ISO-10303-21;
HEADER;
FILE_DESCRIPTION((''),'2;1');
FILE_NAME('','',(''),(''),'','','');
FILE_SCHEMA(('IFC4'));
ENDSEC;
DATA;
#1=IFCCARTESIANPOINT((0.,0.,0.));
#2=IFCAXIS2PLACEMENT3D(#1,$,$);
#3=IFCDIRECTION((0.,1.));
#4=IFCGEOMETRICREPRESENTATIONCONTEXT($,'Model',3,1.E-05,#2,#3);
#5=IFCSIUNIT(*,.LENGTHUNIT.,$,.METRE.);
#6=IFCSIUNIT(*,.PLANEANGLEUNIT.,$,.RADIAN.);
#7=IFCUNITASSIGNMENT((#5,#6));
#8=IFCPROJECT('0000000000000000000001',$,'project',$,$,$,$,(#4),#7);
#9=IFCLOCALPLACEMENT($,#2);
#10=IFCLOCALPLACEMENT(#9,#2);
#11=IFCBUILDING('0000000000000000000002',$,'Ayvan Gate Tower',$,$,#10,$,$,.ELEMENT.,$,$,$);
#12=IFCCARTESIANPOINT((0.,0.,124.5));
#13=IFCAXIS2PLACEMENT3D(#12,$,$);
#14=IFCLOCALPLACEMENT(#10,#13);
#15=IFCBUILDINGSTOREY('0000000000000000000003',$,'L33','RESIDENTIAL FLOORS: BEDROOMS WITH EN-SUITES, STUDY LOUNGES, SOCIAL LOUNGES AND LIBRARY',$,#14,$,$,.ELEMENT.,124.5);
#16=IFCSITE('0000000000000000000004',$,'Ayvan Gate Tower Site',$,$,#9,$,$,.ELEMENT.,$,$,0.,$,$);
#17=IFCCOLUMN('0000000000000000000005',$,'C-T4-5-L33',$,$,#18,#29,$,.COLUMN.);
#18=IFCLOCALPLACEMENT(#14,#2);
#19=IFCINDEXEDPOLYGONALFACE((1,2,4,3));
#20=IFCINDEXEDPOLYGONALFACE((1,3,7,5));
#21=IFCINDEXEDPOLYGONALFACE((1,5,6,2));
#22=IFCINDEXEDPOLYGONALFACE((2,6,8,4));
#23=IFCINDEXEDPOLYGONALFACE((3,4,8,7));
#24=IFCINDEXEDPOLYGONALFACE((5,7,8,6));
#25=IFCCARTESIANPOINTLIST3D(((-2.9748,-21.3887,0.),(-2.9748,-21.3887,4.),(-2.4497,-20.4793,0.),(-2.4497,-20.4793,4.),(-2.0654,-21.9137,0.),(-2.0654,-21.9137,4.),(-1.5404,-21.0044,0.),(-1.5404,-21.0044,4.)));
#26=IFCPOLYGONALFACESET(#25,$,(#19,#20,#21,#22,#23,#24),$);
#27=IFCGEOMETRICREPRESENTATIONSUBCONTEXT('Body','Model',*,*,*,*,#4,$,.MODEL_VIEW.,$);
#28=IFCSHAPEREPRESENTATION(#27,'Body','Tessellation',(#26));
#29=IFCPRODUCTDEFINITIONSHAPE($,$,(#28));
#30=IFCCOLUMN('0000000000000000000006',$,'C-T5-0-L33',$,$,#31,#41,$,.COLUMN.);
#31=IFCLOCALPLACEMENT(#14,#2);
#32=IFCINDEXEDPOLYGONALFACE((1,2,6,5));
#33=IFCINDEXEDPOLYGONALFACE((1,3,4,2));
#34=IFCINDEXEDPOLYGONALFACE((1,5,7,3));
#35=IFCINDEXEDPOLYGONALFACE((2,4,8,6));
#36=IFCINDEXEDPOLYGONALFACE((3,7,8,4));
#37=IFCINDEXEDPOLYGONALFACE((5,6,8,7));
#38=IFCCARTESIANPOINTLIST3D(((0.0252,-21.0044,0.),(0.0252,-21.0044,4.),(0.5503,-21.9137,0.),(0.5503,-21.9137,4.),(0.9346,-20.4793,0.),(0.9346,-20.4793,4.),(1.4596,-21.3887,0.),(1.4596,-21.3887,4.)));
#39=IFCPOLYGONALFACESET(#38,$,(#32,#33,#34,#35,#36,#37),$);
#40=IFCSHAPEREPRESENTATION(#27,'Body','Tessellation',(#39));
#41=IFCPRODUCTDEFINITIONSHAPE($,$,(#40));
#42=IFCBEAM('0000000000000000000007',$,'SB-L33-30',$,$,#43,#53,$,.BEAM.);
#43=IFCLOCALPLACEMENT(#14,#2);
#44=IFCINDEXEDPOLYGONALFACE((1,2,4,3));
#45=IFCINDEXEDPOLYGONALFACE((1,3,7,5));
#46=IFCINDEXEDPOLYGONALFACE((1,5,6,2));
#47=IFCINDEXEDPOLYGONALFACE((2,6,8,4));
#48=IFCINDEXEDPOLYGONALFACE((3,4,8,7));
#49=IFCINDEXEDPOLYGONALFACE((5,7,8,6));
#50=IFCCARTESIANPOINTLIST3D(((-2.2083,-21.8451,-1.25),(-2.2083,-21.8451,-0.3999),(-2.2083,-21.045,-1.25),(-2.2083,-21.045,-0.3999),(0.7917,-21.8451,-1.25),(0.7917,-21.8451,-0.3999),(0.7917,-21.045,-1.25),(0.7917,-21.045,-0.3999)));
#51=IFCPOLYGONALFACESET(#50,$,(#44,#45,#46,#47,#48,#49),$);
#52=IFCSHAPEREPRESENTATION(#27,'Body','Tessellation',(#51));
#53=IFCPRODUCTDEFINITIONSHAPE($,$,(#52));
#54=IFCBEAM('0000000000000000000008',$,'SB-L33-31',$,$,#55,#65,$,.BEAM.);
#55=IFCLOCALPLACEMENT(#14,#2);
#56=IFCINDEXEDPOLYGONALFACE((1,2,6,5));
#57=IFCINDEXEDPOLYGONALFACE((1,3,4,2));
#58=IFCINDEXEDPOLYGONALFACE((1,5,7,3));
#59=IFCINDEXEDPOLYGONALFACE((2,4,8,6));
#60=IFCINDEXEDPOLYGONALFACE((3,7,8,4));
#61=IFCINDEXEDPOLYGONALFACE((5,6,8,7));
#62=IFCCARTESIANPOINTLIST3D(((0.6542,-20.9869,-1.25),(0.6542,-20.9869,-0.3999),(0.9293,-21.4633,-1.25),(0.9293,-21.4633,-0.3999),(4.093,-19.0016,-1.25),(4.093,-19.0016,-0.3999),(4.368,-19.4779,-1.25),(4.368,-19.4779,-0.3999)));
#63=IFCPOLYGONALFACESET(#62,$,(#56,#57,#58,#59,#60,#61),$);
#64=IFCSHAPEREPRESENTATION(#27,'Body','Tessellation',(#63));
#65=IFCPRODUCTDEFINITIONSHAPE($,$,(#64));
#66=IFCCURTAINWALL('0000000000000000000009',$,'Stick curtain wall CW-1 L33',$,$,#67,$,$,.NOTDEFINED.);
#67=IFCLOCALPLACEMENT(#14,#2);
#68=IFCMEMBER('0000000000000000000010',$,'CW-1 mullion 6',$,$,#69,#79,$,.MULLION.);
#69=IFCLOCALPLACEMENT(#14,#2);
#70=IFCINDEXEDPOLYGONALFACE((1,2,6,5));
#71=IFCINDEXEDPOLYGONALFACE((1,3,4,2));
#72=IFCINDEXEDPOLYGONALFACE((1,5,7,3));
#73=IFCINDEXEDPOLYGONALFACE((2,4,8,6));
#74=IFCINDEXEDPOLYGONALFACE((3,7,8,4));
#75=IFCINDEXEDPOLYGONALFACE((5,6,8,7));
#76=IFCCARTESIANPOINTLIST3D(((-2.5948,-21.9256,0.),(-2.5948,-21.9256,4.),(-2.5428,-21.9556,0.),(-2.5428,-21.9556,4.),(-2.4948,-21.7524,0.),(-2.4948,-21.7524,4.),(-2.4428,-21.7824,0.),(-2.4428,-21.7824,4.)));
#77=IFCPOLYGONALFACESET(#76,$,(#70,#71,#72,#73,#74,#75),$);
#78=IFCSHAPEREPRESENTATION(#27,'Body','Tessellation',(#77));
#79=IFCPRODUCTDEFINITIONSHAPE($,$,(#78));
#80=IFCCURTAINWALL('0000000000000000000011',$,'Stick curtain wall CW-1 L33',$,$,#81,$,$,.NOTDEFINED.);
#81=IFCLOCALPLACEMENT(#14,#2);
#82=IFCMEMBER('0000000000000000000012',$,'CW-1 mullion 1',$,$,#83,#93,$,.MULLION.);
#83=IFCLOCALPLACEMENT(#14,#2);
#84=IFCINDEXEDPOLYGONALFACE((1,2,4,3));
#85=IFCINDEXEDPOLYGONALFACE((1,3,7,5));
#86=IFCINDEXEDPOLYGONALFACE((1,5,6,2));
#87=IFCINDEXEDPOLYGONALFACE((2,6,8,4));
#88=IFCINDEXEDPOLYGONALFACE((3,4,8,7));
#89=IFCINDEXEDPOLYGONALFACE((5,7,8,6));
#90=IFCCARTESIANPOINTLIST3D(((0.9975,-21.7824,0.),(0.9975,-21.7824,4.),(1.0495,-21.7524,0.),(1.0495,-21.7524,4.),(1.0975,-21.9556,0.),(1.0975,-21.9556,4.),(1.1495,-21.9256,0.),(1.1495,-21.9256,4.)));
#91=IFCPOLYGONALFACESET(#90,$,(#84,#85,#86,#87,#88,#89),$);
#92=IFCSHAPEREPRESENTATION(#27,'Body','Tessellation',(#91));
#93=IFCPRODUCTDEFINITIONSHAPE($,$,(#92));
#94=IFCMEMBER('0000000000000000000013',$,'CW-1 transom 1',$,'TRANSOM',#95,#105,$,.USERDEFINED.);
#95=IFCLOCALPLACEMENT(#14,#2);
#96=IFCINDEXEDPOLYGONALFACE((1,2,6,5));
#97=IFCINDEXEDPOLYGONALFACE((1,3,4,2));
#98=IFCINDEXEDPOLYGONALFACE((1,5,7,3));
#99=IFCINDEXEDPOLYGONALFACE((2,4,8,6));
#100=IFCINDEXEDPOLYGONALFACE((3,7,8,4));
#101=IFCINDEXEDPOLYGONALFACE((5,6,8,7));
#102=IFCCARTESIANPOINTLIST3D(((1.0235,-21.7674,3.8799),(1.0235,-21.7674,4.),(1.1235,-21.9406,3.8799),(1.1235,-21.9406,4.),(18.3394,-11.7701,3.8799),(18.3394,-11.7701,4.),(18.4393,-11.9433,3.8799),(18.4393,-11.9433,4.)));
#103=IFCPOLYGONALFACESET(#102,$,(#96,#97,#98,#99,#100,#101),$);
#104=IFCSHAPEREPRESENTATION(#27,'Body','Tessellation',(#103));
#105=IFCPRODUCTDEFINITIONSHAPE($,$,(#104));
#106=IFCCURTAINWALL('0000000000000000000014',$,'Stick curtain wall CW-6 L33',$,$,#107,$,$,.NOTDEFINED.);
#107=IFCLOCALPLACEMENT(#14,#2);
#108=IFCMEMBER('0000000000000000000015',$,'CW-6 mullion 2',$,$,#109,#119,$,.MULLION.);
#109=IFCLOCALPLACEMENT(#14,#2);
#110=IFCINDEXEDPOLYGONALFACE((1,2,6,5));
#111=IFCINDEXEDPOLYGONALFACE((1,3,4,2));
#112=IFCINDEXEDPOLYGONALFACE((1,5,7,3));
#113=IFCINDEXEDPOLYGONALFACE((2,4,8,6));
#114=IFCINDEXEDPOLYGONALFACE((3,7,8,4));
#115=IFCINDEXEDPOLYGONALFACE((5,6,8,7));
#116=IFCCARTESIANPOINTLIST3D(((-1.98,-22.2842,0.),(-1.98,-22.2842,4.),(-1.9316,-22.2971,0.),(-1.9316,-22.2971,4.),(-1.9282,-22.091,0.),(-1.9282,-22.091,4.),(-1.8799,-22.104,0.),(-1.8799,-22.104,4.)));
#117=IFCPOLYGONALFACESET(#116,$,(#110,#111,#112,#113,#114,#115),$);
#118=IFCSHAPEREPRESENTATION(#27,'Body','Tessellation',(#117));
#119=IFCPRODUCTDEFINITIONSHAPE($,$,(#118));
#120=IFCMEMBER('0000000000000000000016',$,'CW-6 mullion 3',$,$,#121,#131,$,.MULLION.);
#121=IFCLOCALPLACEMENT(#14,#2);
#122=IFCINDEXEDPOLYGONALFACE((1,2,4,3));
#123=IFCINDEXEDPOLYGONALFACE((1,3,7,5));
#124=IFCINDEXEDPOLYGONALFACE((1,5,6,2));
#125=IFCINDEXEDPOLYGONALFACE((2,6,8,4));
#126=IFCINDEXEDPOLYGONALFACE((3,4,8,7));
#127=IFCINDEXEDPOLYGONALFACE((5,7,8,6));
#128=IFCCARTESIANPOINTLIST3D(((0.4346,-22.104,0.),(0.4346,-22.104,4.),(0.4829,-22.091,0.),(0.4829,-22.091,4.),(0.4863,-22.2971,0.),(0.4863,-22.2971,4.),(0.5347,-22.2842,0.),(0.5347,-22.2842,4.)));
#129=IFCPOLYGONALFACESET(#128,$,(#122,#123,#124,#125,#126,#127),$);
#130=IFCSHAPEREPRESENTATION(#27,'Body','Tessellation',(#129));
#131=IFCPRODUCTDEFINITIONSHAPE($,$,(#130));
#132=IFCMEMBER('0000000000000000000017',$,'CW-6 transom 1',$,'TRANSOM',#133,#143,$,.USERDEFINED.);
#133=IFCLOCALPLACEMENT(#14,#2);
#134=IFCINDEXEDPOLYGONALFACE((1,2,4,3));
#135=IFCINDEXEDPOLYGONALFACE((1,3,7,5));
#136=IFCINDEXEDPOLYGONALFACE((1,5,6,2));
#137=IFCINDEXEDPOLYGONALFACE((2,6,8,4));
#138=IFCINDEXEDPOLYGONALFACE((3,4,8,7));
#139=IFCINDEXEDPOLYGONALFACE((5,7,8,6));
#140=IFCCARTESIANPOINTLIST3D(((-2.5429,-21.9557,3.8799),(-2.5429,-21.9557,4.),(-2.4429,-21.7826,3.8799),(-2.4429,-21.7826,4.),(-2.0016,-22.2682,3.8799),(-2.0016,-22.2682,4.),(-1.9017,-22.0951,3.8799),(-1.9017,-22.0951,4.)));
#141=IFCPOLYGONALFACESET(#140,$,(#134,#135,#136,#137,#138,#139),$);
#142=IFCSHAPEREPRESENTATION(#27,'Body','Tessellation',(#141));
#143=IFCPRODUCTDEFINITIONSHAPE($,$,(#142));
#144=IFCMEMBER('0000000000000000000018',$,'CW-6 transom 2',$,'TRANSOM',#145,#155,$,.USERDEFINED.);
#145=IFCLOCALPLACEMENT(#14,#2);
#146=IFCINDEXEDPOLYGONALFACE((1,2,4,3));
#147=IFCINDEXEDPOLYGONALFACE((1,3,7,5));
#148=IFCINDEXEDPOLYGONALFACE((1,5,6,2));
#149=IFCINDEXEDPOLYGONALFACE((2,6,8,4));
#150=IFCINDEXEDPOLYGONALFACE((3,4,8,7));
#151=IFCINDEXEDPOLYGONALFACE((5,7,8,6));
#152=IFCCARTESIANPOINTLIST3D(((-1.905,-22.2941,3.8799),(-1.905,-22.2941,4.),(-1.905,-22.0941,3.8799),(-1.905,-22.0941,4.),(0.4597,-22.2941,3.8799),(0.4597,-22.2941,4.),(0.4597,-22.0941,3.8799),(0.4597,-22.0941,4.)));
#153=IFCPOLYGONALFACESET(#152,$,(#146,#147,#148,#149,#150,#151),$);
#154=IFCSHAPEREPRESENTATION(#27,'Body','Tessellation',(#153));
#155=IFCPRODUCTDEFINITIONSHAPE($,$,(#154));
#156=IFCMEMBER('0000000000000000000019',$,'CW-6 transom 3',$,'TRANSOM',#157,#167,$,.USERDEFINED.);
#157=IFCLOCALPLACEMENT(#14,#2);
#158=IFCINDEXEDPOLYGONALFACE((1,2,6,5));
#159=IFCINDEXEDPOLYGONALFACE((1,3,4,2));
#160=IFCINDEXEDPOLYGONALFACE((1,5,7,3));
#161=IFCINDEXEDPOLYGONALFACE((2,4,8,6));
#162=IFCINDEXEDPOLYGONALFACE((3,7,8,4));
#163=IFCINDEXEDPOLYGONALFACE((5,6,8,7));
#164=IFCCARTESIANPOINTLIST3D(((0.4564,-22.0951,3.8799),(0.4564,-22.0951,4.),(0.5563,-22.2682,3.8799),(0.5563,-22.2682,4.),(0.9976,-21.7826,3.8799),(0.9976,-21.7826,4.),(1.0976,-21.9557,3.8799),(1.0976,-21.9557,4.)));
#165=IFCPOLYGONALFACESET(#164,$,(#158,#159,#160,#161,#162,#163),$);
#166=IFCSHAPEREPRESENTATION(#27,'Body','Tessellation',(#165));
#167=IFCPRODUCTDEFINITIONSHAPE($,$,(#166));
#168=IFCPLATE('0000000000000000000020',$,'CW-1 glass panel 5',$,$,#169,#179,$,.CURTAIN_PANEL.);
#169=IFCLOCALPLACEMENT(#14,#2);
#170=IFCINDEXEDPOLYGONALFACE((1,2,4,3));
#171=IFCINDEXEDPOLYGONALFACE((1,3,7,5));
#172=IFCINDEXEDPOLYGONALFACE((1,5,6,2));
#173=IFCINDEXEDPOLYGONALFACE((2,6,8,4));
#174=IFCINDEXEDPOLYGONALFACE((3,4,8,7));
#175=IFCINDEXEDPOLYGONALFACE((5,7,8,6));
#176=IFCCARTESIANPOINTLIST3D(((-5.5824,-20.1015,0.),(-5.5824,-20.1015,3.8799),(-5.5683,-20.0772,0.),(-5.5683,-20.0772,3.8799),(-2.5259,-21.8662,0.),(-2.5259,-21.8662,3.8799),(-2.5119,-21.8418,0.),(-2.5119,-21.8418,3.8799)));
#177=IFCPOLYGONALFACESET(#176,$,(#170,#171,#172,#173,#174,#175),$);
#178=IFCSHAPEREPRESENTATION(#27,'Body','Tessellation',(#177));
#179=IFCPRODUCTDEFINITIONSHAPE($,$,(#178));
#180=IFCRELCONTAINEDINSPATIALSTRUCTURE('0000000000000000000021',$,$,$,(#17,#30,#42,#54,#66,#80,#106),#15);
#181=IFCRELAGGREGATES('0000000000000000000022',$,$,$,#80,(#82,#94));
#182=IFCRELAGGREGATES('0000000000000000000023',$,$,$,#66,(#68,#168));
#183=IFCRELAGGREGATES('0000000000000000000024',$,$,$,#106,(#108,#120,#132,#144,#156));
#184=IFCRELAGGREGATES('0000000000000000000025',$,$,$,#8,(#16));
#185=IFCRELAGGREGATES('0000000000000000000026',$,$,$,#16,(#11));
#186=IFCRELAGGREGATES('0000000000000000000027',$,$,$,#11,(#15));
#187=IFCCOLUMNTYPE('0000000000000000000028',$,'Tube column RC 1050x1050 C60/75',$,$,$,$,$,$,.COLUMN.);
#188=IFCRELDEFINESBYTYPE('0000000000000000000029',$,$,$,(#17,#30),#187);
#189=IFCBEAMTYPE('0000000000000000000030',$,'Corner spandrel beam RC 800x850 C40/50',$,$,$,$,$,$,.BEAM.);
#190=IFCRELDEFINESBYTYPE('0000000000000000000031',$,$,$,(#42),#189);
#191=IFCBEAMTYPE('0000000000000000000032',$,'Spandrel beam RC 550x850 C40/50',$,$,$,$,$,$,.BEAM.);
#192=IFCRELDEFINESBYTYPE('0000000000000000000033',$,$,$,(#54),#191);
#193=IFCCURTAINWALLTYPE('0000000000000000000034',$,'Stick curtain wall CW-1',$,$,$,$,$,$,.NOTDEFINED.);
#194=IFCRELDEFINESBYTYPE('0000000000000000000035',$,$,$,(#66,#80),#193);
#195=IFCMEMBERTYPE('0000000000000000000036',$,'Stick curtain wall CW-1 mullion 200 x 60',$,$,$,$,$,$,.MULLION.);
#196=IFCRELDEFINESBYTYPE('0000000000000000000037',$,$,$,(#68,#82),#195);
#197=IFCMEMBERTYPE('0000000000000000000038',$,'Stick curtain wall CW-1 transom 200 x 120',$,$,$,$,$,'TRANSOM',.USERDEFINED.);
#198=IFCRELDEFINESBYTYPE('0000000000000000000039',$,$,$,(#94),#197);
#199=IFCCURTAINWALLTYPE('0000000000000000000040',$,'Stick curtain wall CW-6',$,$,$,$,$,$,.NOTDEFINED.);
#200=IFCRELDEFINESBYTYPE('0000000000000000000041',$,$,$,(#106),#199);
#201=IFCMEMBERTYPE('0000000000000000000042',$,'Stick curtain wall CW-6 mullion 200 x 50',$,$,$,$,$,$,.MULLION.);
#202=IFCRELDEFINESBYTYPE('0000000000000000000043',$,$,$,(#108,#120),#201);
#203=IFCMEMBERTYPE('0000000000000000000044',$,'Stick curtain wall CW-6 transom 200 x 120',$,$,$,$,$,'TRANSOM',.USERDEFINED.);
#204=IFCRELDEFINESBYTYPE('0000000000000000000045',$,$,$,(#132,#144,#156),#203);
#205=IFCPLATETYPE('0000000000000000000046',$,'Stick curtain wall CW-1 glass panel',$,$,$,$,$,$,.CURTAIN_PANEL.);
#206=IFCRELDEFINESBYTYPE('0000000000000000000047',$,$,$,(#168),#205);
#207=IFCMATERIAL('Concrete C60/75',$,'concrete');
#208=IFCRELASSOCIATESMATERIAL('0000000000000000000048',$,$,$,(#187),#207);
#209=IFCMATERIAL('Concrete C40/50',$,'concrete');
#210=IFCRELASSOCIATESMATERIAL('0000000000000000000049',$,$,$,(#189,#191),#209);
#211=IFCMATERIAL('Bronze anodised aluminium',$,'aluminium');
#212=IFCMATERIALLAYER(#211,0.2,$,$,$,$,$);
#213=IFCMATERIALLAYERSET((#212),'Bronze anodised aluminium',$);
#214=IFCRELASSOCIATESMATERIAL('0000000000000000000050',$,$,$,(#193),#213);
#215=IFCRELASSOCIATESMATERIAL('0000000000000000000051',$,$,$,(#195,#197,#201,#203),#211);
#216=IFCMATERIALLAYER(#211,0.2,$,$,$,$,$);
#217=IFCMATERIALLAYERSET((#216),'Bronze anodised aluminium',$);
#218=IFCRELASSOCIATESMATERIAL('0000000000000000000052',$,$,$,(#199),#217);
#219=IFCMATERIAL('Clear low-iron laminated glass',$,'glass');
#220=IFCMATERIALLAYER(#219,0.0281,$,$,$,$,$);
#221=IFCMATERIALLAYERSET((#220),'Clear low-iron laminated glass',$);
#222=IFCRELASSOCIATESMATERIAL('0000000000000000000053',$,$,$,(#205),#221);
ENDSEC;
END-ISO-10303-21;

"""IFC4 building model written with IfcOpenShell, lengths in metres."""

from ifc_helpers import new_model, si_unit, direction, frame, origin, origin_2d, place, context, subcontext, project, spatial, rectangle, extrude, material, layer, layer_set, material_profile, profile_set, type_object, element, aggregate, save


model = new_model("IFC4")

# Units and contexts
model_context = context("Model", 3, precision=1e-05, world=origin(), true_north=direction((0.0, 1.0)))
body_context = subcontext(model_context, "Body", "Model", "MODEL_VIEW")
ifc_project = project(units=[si_unit("LENGTHUNIT", "METRE"), si_unit("PLANEANGLEUNIT", "RADIAN")], contexts=[model_context])

# Site, building, storey
site_placement = place(None, origin())
site = spatial("IfcSite", under=ifc_project, at=site_placement, Name="Ayvan Gate Tower Site", CompositionType="ELEMENT", RefElevation=0.0)
building_placement = place(site_placement, origin())
building = spatial("IfcBuilding", under=site, at=building_placement, Name="Ayvan Gate Tower", CompositionType="ELEMENT")
storey_placement = place(building_placement, frame((0.0, 0.0, 124.5)))
storey = spatial("IfcBuildingStorey", under=building, at=storey_placement, Name="L33", Description="RESIDENTIAL FLOORS: BEDROOMS WITH EN-SUITES, STUDY LOUNGES, SOCIAL LOUNGES AND LIBRARY", CompositionType="ELEMENT", Elevation=124.5)

# Columns
ifc_material_1 = material(Name="Concrete C60/75", Category="concrete")
ifc_material_profile_1 = material_profile(ifc_material_1, rectangle(XDim=1.05, YDim=1.05, at=origin_2d()), Name="RC 1050x1050")
ifc_profile_set_1 = profile_set([ifc_material_profile_1], Name="Concrete C60/75")
column_type = type_object("IfcColumnType", Name="Tube column RC 1050x1050 C60/75", PredefinedType="COLUMN", material=ifc_profile_set_1)
for number, where, z_axis, x_axis, name in (
    (1, (-2.2576, -21.1965, 0.0), (0.0, 0.0, 1.0), (-0.5, -0.866025, 0.0), "C-T4-5-L33"),
    (2, (0.7424, -21.1965, 0.0), (0.0, 0.0, 1.0), (0.5, -0.866025, 0.0), "C-T5-0-L33"),
):
    element("IfcColumn", number, at=place(storey_placement, frame(where, z_axis=z_axis, x_axis=x_axis)), inside=storey, type_object=column_type, Name=name, PredefinedType="COLUMN", context=body_context, shape_type="SweptSolid", body=[
        extrude(rectangle(XDim=1.05, YDim=1.05, at=origin_2d()), origin(), (0.0, 0.0, 1.0), 4.0),
    ])

# Beams
ifc_material_2 = material(Name="Concrete C40/50", Category="concrete")
ifc_material_profile_2 = material_profile(ifc_material_2, rectangle(XDim=0.8, YDim=0.8501, at=origin_2d()), Name="RC 800x850")
ifc_profile_set_2 = profile_set([ifc_material_profile_2], Name="Concrete C40/50")
beam_type_1 = type_object("IfcBeamType", Name="Corner spandrel beam RC 800x850 C40/50", PredefinedType="BEAM", material=ifc_profile_set_2)
beam_1_placement = place(storey_placement, frame((-2.2083, -21.4451, -0.825), z_axis=(1.0, 0.0, 0.0), x_axis=(0.0, 1.0, 0.0)))
element("IfcBeam", 3, at=beam_1_placement, inside=storey, type_object=beam_type_1, Name="SB-L33-30", PredefinedType="BEAM", context=body_context, shape_type="SweptSolid", body=[
    extrude(rectangle(XDim=0.8, YDim=0.8501, at=origin_2d()), origin(), (0.0, 0.0, 1.0), 3.0),
])
ifc_material_profile_3 = material_profile(ifc_material_2, rectangle(XDim=0.55, YDim=0.8501, at=origin_2d()), Name="RC 550x850")
ifc_profile_set_3 = profile_set([ifc_material_profile_3], Name="Concrete C40/50")
beam_type_2 = type_object("IfcBeamType", Name="Spandrel beam RC 550x850 C40/50", PredefinedType="BEAM", material=ifc_profile_set_3)
beam_2_placement = place(storey_placement, frame((0.7917, -21.2251, -0.825), z_axis=(0.866025, 0.500001, 0.0), x_axis=(-0.500001, 0.866025, 0.0)))
element("IfcBeam", 4, at=beam_2_placement, inside=storey, type_object=beam_type_2, Name="SB-L33-31", PredefinedType="BEAM", context=body_context, shape_type="SweptSolid", body=[
    extrude(rectangle(XDim=0.55, YDim=0.8501, at=origin_2d()), origin(), (0.0, 0.0, 1.0), 3.9707),
])

# Curtain wall, member
ifc_material_3 = material(Name="Bronze anodised aluminium", Category="aluminium")
ifc_layer_1 = layer(ifc_material_3, 0.2)
ifc_layer_set_1 = layer_set([ifc_layer_1], Name="Bronze anodised aluminium")
curtain_wall_type_1 = type_object("IfcCurtainWallType", Name="Stick curtain wall CW-1", PredefinedType="NOTDEFINED", material=ifc_layer_set_1)
curtain_wall_1_placement = place(storey_placement, origin())
curtain_wall_1 = element("IfcCurtainWall", 5, at=curtain_wall_1_placement, inside=storey, type_object=curtain_wall_type_1, Name="Stick curtain wall CW-1 L33", PredefinedType="NOTDEFINED")
ifc_material_profile_4 = material_profile(ifc_material_3, rectangle(XDim=0.2, YDim=0.0601, at=origin_2d()), Name="Stick curtain wall CW-1 mullion 200 x 60")
ifc_profile_set_4 = profile_set([ifc_material_profile_4], Name="Bronze anodised aluminium")
member_type_1 = type_object("IfcMemberType", Name="Stick curtain wall CW-1 mullion 200 x 60", PredefinedType="MULLION", material=ifc_profile_set_4)
member_1_placement = place(storey_placement, frame((-2.5188, -21.854, 0.0), z_axis=(0.0, 0.0, 1.0), x_axis=(-0.5, -0.866025, 0.0)))
member_1 = element("IfcMember", 6, at=member_1_placement, type_object=member_type_1, Name="CW-1 mullion 6", PredefinedType="MULLION", context=body_context, shape_type="SweptSolid", body=[
    extrude(rectangle(XDim=0.2, YDim=0.0601, at=origin_2d()), origin(), (0.0, 0.0, 1.0), 4.0),
])

# Curtain walls, members
curtain_wall_2_placement = place(storey_placement, origin())
curtain_wall_2 = element("IfcCurtainWall", 7, at=curtain_wall_2_placement, inside=storey, type_object=curtain_wall_type_1, Name="Stick curtain wall CW-1 L33", PredefinedType="NOTDEFINED")
member_2_placement = place(storey_placement, frame((1.0735, -21.854, 0.0), z_axis=(0.0, 0.0, 1.0), x_axis=(0.5, -0.866025, 0.0)))
member_2 = element("IfcMember", 8, at=member_2_placement, type_object=member_type_1, Name="CW-1 mullion 1", PredefinedType="MULLION", context=body_context, shape_type="SweptSolid", body=[
    extrude(rectangle(XDim=0.2, YDim=0.0601, at=origin_2d()), origin(), (0.0, 0.0, 1.0), 4.0),
])
ifc_material_profile_5 = material_profile(ifc_material_3, rectangle(XDim=0.2, YDim=0.1201, at=origin_2d()), Name="Stick curtain wall CW-1 transom 200 x 120")
ifc_profile_set_5 = profile_set([ifc_material_profile_5], Name="Bronze anodised aluminium")
member_type_2 = type_object("IfcMemberType", Name="Stick curtain wall CW-1 transom 200 x 120", ElementType="TRANSOM", PredefinedType="USERDEFINED", material=ifc_profile_set_5)
member_3_placement = place(storey_placement, frame((1.0735, -21.854, 3.9399), z_axis=(0.866026, 0.499999, 0.0), x_axis=(-0.499999, 0.866026, 0.0)))
member_3 = element("IfcMember", 9, at=member_3_placement, type_object=member_type_2, Name="CW-1 transom 1", ObjectType="TRANSOM", PredefinedType="USERDEFINED", context=body_context, shape_type="SweptSolid", body=[
    extrude(rectangle(XDim=0.2, YDim=0.1201, at=origin_2d()), origin(), (0.0, 0.0, 1.0), 19.9946),
])
aggregate(curtain_wall_2, [member_2, member_3])
ifc_layer_2 = layer(ifc_material_3, 0.2)
ifc_layer_set_2 = layer_set([ifc_layer_2], Name="Bronze anodised aluminium")
curtain_wall_type_2 = type_object("IfcCurtainWallType", Name="Stick curtain wall CW-6", PredefinedType="NOTDEFINED", material=ifc_layer_set_2)
curtain_wall_3_placement = place(storey_placement, origin())
curtain_wall_3 = element("IfcCurtainWall", 10, at=curtain_wall_3_placement, inside=storey, type_object=curtain_wall_type_2, Name="Stick curtain wall CW-6 L33", PredefinedType="NOTDEFINED")
ifc_material_profile_6 = material_profile(ifc_material_3, rectangle(XDim=0.2, YDim=0.05, at=origin_2d()), Name="Stick curtain wall CW-6 mullion 200 x 50")
ifc_profile_set_6 = profile_set([ifc_material_profile_6], Name="Bronze anodised aluminium")
member_type_3 = type_object("IfcMemberType", Name="Stick curtain wall CW-6 mullion 200 x 50", PredefinedType="MULLION", material=ifc_profile_set_6)
member_4_placement = place(storey_placement, frame((-1.9299, -22.1941, 0.0), z_axis=(0.0, 0.0, 1.0), x_axis=(-0.258819, -0.965926, 0.0)))
member_4 = element("IfcMember", 11, at=member_4_placement, type_object=member_type_3, Name="CW-6 mullion 2", PredefinedType="MULLION", context=body_context, shape_type="SweptSolid", body=[
    extrude(rectangle(XDim=0.2, YDim=0.05, at=origin_2d()), origin(), (0.0, 0.0, 1.0), 4.0),
])
member_5_placement = place(storey_placement, frame((0.4846, -22.1941, 0.0), z_axis=(0.0, 0.0, 1.0), x_axis=(0.258819, -0.965926, 0.0)))
member_5 = element("IfcMember", 12, at=member_5_placement, type_object=member_type_3, Name="CW-6 mullion 3", PredefinedType="MULLION", context=body_context, shape_type="SweptSolid", body=[
    extrude(rectangle(XDim=0.2, YDim=0.05, at=origin_2d()), origin(), (0.0, 0.0, 1.0), 4.0),
])
ifc_material_profile_7 = material_profile(ifc_material_3, rectangle(XDim=0.2, YDim=0.1201, at=origin_2d()), Name="Stick curtain wall CW-6 transom 200 x 120")
ifc_profile_set_7 = profile_set([ifc_material_profile_7], Name="Bronze anodised aluminium")
member_type_4 = type_object("IfcMemberType", Name="Stick curtain wall CW-6 transom 200 x 120", ElementType="TRANSOM", PredefinedType="USERDEFINED", material=ifc_profile_set_7)
member_6_placement = place(storey_placement, frame((-2.4929, -21.8691, 3.9399), z_axis=(0.866023, -0.500004, 0.0), x_axis=(0.500004, 0.866023, 0.0)))
member_6 = element("IfcMember", 13, at=member_6_placement, type_object=member_type_4, Name="CW-6 transom 1", ObjectType="TRANSOM", PredefinedType="USERDEFINED", context=body_context, shape_type="SweptSolid", body=[
    extrude(rectangle(XDim=0.2, YDim=0.1201, at=origin_2d()), origin(), (0.0, 0.0, 1.0), 0.625),
])
member_7_placement = place(storey_placement, frame((-1.905, -22.1941, 3.9399), z_axis=(1.0, 0.0, 0.0), x_axis=(0.0, 1.0, 0.0)))
member_7 = element("IfcMember", 14, at=member_7_placement, type_object=member_type_4, Name="CW-6 transom 2", ObjectType="TRANSOM", PredefinedType="USERDEFINED", context=body_context, shape_type="SweptSolid", body=[
    extrude(rectangle(XDim=0.2, YDim=0.1201, at=origin_2d()), origin(), (0.0, 0.0, 1.0), 2.3647),
])
member_8_placement = place(storey_placement, frame((0.5063, -22.1816, 3.9399), z_axis=(0.866023, 0.500004, 0.0), x_axis=(-0.500004, 0.866023, 0.0)))
member_8 = element("IfcMember", 15, at=member_8_placement, type_object=member_type_4, Name="CW-6 transom 3", ObjectType="TRANSOM", PredefinedType="USERDEFINED", context=body_context, shape_type="SweptSolid", body=[
    extrude(rectangle(XDim=0.2, YDim=0.1201, at=origin_2d()), origin(), (0.0, 0.0, 1.0), 0.625),
])

# Plate
ifc_material_4 = material(Name="Clear low-iron laminated glass", Category="glass")
ifc_layer_3 = layer(ifc_material_4, 0.0281)
ifc_layer_set_3 = layer_set([ifc_layer_3], Name="Clear low-iron laminated glass")
plate_type_1 = type_object("IfcPlateType", Name="Stick curtain wall CW-1 glass panel", PredefinedType="CURTAIN_PANEL", material=ifc_layer_set_3)
plate_1_placement = place(storey_placement, frame((-4.0471, -20.9717, 0.0), z_axis=(0.0, 0.0, 1.0), x_axis=(0.866025, -0.5, 0.0)))
plate_1 = element("IfcPlate", 16, at=plate_1_placement, type_object=plate_type_1, Name="CW-1 glass panel 5", PredefinedType="CURTAIN_PANEL", context=body_context, shape_type="SweptSolid", body=[
    extrude(rectangle(XDim=3.5293, YDim=0.0281, at=origin_2d()), origin(), (0.0, 0.0, 1.0), 3.8799),
])
aggregate(curtain_wall_1, [member_1, plate_1])
aggregate(curtain_wall_3, [member_4, member_5, member_6, member_7, member_8])

save(model, "model.ifc")
